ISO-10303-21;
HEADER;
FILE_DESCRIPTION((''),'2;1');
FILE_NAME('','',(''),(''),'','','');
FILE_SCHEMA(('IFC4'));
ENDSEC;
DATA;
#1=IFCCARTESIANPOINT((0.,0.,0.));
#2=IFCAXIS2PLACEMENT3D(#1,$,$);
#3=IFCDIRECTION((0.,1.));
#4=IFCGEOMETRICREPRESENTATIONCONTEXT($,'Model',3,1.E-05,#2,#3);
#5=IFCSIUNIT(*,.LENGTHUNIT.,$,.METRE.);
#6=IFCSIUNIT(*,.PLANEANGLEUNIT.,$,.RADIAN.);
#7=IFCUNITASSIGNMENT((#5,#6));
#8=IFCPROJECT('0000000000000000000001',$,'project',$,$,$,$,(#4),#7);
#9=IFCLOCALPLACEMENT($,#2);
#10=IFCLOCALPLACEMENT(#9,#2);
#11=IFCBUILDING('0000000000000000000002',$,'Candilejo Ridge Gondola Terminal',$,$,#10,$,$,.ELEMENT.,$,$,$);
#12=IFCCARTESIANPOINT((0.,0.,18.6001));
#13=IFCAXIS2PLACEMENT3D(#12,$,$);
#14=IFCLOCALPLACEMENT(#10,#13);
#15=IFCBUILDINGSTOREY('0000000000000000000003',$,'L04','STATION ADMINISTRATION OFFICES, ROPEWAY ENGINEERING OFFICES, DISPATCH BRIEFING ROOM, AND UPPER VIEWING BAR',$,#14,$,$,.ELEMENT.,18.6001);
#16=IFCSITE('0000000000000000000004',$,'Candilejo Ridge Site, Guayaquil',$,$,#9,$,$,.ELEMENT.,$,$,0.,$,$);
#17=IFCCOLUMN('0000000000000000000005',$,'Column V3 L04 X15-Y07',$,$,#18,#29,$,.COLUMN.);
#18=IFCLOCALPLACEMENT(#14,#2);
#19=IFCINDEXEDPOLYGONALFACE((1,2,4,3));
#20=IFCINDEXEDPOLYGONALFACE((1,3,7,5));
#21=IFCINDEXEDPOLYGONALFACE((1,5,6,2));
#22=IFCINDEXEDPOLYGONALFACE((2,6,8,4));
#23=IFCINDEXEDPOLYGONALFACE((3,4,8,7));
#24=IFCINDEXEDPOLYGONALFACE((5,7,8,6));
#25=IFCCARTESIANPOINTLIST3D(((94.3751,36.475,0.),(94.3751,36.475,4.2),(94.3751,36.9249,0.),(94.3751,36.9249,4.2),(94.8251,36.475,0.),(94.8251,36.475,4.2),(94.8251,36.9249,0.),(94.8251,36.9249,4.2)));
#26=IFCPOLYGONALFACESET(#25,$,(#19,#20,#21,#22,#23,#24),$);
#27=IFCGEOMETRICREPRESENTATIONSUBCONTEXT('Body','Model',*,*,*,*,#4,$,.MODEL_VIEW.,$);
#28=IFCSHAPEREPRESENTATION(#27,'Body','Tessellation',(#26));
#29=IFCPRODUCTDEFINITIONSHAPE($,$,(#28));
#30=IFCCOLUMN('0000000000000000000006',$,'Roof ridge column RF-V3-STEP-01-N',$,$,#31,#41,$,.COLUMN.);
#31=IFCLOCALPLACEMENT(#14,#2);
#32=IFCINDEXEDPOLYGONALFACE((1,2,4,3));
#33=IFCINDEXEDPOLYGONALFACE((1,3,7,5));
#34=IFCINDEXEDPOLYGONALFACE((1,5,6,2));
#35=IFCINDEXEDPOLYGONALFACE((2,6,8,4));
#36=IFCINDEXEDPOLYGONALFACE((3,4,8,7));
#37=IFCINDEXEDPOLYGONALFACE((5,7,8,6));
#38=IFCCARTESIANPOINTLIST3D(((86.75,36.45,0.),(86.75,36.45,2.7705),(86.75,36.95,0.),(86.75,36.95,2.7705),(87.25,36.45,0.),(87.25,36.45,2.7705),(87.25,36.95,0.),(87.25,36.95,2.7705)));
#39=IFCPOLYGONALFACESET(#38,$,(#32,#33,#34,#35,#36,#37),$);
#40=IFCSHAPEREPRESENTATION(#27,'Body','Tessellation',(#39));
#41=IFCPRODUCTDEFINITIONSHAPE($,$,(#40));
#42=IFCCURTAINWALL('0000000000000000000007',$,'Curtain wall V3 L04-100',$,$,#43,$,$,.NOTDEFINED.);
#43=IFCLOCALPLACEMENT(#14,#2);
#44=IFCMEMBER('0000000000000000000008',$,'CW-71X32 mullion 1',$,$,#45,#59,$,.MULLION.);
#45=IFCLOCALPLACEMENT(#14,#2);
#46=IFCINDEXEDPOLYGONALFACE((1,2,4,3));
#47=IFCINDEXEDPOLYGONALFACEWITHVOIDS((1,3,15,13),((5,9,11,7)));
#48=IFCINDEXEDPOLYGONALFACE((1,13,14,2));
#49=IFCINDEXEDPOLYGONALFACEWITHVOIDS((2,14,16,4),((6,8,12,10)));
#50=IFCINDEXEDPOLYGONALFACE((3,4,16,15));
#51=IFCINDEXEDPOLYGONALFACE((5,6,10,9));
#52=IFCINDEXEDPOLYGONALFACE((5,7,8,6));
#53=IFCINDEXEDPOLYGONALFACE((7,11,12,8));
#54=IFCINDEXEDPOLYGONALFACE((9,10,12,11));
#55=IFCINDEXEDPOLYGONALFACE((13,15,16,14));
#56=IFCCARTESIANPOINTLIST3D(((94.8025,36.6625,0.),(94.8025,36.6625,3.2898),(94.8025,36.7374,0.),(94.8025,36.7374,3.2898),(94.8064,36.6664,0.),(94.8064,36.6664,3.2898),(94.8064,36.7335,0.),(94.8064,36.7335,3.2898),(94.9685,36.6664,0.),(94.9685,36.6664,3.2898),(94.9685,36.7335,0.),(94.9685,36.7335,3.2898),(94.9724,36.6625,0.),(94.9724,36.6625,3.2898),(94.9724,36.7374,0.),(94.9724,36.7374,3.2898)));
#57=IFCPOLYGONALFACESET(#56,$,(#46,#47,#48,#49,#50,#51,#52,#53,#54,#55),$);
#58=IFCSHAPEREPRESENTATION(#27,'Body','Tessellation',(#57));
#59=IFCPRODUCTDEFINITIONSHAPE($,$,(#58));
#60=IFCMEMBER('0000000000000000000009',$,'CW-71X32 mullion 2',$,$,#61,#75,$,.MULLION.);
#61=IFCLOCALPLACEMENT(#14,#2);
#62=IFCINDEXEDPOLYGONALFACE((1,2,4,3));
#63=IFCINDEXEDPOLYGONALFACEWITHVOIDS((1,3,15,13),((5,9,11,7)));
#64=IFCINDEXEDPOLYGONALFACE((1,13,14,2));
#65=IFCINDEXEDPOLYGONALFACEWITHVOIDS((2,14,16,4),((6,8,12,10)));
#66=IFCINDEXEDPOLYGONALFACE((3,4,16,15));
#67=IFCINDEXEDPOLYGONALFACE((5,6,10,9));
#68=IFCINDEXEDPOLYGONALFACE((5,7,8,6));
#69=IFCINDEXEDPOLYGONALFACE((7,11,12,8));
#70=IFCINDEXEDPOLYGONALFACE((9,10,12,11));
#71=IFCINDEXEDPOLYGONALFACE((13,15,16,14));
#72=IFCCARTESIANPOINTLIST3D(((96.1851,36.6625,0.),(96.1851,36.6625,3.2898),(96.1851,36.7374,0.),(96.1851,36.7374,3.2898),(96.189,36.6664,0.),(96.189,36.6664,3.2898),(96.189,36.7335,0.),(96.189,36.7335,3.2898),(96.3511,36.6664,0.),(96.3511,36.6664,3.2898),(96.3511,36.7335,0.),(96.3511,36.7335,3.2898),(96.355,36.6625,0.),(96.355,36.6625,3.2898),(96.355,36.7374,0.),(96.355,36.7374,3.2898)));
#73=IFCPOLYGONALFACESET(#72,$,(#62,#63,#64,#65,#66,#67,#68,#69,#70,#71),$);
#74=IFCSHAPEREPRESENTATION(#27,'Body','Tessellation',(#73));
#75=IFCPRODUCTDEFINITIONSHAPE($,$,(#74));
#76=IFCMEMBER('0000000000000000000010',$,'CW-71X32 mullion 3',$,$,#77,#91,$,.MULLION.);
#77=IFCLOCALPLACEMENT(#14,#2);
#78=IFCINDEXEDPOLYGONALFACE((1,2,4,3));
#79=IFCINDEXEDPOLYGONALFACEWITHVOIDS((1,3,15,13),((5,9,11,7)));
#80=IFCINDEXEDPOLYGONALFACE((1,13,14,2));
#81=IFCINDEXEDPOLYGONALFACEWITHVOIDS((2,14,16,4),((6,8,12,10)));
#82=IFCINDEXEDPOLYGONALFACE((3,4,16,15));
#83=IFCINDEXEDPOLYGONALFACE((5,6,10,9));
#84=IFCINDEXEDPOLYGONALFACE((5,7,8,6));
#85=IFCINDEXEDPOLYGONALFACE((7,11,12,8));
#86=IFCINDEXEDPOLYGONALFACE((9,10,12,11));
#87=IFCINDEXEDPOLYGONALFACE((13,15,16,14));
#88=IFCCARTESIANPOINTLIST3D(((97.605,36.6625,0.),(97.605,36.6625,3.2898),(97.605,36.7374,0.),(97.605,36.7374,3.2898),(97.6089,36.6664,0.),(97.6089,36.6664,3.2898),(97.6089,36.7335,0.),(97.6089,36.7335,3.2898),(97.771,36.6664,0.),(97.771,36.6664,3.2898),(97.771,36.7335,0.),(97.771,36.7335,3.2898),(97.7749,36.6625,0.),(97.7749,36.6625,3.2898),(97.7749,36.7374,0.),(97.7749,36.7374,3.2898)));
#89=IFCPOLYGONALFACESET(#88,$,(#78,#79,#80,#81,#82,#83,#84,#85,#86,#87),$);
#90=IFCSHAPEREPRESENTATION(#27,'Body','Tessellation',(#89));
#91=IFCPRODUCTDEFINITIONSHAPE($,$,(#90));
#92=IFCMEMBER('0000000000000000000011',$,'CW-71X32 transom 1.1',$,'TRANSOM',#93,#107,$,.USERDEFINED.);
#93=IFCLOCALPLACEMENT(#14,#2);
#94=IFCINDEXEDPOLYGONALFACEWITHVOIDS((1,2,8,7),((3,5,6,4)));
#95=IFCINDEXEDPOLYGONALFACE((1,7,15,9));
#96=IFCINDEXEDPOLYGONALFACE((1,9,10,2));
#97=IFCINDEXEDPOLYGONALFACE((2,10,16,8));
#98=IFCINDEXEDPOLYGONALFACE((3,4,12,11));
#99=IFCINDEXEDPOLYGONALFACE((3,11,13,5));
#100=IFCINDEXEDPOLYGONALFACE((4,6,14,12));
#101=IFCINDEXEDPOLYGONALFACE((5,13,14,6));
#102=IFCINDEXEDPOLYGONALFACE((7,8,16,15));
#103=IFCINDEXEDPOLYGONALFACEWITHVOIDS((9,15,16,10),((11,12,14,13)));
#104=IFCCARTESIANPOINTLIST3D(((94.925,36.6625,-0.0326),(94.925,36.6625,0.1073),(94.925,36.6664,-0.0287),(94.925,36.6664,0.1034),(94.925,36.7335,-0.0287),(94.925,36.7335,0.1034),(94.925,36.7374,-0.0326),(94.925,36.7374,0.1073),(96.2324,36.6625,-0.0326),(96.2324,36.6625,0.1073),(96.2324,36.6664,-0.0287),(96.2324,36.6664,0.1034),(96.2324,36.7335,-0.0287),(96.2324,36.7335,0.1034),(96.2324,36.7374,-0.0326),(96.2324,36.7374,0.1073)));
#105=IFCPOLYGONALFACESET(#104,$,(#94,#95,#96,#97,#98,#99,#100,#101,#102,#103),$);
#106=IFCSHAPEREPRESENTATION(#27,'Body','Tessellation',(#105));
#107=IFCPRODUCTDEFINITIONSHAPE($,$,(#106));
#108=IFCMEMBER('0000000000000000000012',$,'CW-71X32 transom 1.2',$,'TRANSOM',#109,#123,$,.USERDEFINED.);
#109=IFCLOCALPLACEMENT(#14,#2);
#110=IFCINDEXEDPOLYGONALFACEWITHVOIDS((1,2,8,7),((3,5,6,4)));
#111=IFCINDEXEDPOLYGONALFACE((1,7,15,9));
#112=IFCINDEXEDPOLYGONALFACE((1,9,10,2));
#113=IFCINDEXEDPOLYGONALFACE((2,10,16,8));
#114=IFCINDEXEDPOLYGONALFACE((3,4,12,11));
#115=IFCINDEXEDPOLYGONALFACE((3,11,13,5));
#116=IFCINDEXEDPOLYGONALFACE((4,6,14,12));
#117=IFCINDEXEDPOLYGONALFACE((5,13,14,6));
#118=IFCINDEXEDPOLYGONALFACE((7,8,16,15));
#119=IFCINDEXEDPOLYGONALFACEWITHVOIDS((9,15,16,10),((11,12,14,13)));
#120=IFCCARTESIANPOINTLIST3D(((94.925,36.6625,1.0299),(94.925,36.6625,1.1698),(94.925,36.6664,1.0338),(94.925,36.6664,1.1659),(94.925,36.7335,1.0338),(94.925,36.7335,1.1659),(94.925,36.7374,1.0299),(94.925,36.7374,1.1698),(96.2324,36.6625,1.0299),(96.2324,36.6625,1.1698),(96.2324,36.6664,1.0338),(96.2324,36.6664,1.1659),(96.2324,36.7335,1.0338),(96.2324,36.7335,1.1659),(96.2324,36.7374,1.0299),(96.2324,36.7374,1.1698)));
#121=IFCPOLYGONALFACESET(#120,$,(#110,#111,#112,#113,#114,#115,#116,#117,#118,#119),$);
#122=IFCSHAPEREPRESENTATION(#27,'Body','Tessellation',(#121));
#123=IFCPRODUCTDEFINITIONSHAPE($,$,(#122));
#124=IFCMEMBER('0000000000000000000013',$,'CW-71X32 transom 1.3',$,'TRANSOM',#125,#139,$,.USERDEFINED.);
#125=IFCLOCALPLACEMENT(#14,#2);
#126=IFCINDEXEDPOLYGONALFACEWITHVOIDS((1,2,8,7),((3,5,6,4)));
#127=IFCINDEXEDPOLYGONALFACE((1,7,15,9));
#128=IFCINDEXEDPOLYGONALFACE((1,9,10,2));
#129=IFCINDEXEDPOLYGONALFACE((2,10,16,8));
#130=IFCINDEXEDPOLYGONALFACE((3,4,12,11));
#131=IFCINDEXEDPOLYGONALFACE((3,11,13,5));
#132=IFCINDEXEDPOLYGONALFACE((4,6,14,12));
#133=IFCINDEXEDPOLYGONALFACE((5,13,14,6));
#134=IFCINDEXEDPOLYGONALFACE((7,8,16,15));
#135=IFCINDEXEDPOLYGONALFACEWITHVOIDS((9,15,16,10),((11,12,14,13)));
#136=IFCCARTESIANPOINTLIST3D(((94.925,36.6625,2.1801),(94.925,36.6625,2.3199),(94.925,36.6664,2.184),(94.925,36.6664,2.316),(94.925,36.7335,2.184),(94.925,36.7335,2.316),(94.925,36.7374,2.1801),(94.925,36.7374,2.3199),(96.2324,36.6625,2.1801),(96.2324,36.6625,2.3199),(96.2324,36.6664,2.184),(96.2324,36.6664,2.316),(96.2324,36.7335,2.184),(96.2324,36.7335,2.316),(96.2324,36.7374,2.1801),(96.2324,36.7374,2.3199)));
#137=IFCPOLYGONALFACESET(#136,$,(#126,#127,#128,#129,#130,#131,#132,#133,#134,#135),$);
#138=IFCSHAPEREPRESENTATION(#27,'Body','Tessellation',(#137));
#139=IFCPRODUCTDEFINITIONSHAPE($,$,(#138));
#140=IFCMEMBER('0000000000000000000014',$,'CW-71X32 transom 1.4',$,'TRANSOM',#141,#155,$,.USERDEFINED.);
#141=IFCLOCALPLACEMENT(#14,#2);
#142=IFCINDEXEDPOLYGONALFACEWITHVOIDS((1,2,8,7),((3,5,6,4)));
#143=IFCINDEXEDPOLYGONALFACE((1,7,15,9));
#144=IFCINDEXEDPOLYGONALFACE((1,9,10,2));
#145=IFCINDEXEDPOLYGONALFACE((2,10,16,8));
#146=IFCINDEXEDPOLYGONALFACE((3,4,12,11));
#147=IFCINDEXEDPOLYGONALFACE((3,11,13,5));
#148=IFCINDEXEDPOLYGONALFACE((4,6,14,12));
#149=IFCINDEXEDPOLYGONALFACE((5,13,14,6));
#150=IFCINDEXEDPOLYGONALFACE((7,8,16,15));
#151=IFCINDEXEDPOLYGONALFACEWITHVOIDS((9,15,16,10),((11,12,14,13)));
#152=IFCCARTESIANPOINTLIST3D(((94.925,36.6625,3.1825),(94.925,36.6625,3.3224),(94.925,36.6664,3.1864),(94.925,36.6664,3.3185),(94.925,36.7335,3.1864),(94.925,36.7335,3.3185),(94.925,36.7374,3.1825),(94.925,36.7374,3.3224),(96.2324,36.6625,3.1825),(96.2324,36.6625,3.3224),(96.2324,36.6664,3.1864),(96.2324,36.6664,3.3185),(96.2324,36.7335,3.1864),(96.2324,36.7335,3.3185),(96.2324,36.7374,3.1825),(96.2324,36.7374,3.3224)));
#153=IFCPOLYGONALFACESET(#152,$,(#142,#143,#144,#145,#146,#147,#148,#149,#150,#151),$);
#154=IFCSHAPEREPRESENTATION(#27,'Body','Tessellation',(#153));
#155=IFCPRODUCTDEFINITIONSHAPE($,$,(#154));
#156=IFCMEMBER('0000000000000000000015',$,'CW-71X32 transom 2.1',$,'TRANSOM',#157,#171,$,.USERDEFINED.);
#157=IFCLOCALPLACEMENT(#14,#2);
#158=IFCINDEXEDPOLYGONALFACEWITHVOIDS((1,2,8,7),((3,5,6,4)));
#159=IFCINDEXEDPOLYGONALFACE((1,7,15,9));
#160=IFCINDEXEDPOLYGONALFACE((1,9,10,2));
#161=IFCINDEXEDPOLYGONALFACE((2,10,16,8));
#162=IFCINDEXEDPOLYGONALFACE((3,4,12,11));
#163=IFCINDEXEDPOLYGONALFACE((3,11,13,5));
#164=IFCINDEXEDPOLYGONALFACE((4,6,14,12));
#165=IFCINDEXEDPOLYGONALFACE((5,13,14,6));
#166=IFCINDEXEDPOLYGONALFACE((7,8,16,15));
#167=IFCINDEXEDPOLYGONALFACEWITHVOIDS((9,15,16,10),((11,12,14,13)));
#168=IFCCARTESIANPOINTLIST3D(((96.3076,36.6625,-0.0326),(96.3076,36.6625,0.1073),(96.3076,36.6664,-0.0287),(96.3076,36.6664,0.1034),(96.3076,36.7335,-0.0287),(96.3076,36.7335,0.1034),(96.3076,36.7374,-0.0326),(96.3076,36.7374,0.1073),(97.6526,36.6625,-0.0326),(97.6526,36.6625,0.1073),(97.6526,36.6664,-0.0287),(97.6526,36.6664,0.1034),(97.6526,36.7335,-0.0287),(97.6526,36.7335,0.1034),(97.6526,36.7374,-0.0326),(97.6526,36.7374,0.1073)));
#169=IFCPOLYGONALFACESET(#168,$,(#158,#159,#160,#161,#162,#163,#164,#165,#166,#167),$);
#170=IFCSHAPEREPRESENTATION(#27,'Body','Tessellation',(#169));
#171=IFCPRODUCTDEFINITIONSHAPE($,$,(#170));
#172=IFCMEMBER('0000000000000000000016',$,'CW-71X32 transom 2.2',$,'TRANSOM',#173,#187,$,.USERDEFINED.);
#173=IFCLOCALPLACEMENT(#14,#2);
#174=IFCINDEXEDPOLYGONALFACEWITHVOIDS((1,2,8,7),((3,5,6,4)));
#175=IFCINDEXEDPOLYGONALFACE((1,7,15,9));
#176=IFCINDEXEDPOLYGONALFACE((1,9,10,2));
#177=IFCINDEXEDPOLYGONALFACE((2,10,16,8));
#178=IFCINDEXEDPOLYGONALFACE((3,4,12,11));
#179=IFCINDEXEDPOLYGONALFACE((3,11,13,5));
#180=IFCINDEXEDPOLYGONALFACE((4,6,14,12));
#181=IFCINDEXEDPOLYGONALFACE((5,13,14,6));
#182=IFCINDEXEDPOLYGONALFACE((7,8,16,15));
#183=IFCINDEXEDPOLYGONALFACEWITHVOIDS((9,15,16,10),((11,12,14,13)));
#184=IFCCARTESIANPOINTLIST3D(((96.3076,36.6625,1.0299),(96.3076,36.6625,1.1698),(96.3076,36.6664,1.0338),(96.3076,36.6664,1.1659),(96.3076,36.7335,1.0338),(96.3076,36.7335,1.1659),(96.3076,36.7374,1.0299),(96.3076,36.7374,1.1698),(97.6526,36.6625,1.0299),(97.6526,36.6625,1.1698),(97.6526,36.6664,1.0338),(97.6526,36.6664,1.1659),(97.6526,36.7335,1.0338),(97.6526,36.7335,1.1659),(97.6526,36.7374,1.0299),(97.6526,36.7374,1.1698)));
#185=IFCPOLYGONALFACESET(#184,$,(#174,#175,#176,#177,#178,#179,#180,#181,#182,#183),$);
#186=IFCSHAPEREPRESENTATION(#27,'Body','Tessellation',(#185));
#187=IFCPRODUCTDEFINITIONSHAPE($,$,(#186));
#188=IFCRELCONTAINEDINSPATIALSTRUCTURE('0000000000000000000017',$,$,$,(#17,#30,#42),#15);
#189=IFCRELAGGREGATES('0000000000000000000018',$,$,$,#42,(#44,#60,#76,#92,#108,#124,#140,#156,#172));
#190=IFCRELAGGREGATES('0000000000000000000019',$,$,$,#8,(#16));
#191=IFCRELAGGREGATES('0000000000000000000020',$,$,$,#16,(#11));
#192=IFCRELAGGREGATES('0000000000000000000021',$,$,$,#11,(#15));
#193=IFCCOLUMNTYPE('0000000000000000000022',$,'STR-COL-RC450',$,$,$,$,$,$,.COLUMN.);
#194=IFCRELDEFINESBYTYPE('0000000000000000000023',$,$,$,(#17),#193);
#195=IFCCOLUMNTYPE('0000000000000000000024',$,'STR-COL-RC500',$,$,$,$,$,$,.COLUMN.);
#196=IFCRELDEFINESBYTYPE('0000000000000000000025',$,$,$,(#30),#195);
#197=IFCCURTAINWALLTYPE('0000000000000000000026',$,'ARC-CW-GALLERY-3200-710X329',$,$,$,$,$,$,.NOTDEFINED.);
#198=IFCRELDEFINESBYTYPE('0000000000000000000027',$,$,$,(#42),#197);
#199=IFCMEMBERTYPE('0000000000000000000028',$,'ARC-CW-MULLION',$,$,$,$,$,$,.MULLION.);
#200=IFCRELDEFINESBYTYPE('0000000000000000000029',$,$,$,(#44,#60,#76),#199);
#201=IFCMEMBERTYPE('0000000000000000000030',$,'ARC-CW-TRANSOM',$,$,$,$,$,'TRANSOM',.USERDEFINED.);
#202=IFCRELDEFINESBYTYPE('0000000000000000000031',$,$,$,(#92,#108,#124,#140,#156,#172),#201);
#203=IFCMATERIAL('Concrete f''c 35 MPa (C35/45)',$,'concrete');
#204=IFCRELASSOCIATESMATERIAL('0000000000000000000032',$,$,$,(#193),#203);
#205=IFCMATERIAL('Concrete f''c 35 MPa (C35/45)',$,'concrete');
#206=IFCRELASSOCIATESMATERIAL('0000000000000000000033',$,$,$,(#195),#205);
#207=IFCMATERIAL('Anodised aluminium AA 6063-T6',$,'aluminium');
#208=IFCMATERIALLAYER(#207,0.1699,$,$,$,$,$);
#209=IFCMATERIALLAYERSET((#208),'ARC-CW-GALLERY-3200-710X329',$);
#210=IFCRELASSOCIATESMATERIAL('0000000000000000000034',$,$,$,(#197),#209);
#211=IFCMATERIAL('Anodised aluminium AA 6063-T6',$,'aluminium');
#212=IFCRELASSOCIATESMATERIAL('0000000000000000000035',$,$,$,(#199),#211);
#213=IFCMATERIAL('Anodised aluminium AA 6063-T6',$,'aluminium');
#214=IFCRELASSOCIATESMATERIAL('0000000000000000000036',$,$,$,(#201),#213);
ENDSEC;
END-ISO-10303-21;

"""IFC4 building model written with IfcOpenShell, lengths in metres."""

from ifc_helpers import new_model, si_unit, direction, frame, origin, origin_2d, place, context, subcontext, project, spatial, rectangle, hollow_rectangle, extrude, material, layer, layer_set, material_profile, profile_set, type_object, element, aggregate, save


model = new_model("IFC4")

# Units and contexts
model_context = context("Model", 3, precision=1e-05, world=origin(), true_north=direction((0.0, 1.0)))
body_context = subcontext(model_context, "Body", "Model", "MODEL_VIEW")
ifc_project = project(units=[si_unit("LENGTHUNIT", "METRE"), si_unit("PLANEANGLEUNIT", "RADIAN")], contexts=[model_context])

# Site, building, storey
site_placement = place(None, origin())
site = spatial("IfcSite", under=ifc_project, at=site_placement, Name="Candilejo Ridge Site, Guayaquil", CompositionType="ELEMENT", RefElevation=0.0)
building_placement = place(site_placement, origin())
building = spatial("IfcBuilding", under=site, at=building_placement, Name="Candilejo Ridge Gondola Terminal", CompositionType="ELEMENT")
storey_placement = place(building_placement, frame((0.0, 0.0, 18.6001)))
storey = spatial("IfcBuildingStorey", under=building, at=storey_placement, Name="L04", Description="STATION ADMINISTRATION OFFICES, ROPEWAY ENGINEERING OFFICES, DISPATCH BRIEFING ROOM, AND UPPER VIEWING BAR", CompositionType="ELEMENT", Elevation=18.6001)

# Columns
ifc_material_1 = material(Name="Concrete f'c 35 MPa (C35/45)", Category="concrete")
ifc_material_profile_1 = material_profile(ifc_material_1, rectangle(XDim=0.45, YDim=0.45, at=origin_2d()))
ifc_profile_set_1 = profile_set([ifc_material_profile_1], Name="Concrete f'c 35 MPa (C35/45)")
column_type_1 = type_object("IfcColumnType", Name="STR-COL-RC450", PredefinedType="COLUMN", material=ifc_profile_set_1)
column_1_placement = place(storey_placement, frame((94.6001, 36.7, 0.0), z_axis=(0.0, 0.0, 1.0), x_axis=(1.0, 0.0, 0.0)))
element("IfcColumn", 1, at=column_1_placement, inside=storey, type_object=column_type_1, Name="Column V3 L04 X15-Y07", PredefinedType="COLUMN", context=body_context, shape_type="SweptSolid", body=[
    extrude(rectangle(XDim=0.45, YDim=0.45, at=origin_2d()), origin(), (0.0, 0.0, 1.0), 4.2),
])
ifc_material_2 = material(Name="Concrete f'c 35 MPa (C35/45)", Category="concrete")
ifc_material_profile_2 = material_profile(ifc_material_2, rectangle(XDim=0.5, YDim=0.5, at=origin_2d()))
ifc_profile_set_2 = profile_set([ifc_material_profile_2], Name="Concrete f'c 35 MPa (C35/45)")
column_type_2 = type_object("IfcColumnType", Name="STR-COL-RC500", PredefinedType="COLUMN", material=ifc_profile_set_2)
column_2_placement = place(storey_placement, frame((87.0, 36.7, 0.0), z_axis=(0.0, 0.0, 1.0), x_axis=(1.0, 0.0, 0.0)))
element("IfcColumn", 2, at=column_2_placement, inside=storey, type_object=column_type_2, Name="Roof ridge column RF-V3-STEP-01-N", PredefinedType="COLUMN", context=body_context, shape_type="SweptSolid", body=[
    extrude(rectangle(XDim=0.5, YDim=0.5, at=origin_2d()), origin(), (0.0, 0.0, 1.0), 2.7705),
])

# Curtain wall, members
ifc_material_3 = material(Name="Anodised aluminium AA 6063-T6", Category="aluminium")
ifc_layer_1 = layer(ifc_material_3, 0.1699)
ifc_layer_set_1 = layer_set([ifc_layer_1], Name="ARC-CW-GALLERY-3200-710X329")
curtain_wall_type = type_object("IfcCurtainWallType", Name="ARC-CW-GALLERY-3200-710X329", PredefinedType="NOTDEFINED", material=ifc_layer_set_1)
curtain_wall_placement = place(storey_placement, origin())
curtain_wall = element("IfcCurtainWall", 3, at=curtain_wall_placement, inside=storey, type_object=curtain_wall_type, Name="Curtain wall V3 L04-100", PredefinedType="NOTDEFINED")
ifc_material_4 = material(Name="Anodised aluminium AA 6063-T6", Category="aluminium")
ifc_material_profile_3 = material_profile(ifc_material_4, hollow_rectangle(XDim=0.075, YDim=0.1699, WallThickness=0.0039, at=origin_2d()))
ifc_profile_set_3 = profile_set([ifc_material_profile_3], Name="Anodised aluminium AA 6063-T6")
member_type_1 = type_object("IfcMemberType", Name="ARC-CW-MULLION", PredefinedType="MULLION", material=ifc_profile_set_3)
member_1_placement = place(storey_placement, frame((94.8875, 36.7, 0.0), z_axis=(0.0, 0.0, 1.0), x_axis=(0.0, 1.0, 0.0)))
member_1 = element("IfcMember", 4, at=member_1_placement, type_object=member_type_1, Name="CW-71X32 mullion 1", PredefinedType="MULLION", context=body_context, shape_type="SweptSolid", body=[
    extrude(hollow_rectangle(XDim=0.075, YDim=0.1699, WallThickness=0.0039, at=origin_2d()), origin(), (0.0, 0.0, 1.0), 3.2898),
])
member_2_placement = place(storey_placement, frame((96.27, 36.7, 0.0), z_axis=(0.0, 0.0, 1.0), x_axis=(0.0, 1.0, 0.0)))
member_2 = element("IfcMember", 5, at=member_2_placement, type_object=member_type_1, Name="CW-71X32 mullion 2", PredefinedType="MULLION", context=body_context, shape_type="SweptSolid", body=[
    extrude(hollow_rectangle(XDim=0.075, YDim=0.1699, WallThickness=0.0039, at=origin_2d()), origin(), (0.0, 0.0, 1.0), 3.2898),
])
member_3_placement = place(storey_placement, frame((97.6899, 36.7, 0.0), z_axis=(0.0, 0.0, 1.0), x_axis=(0.0, 1.0, 0.0)))
member_3 = element("IfcMember", 6, at=member_3_placement, type_object=member_type_1, Name="CW-71X32 mullion 3", PredefinedType="MULLION", context=body_context, shape_type="SweptSolid", body=[
    extrude(hollow_rectangle(XDim=0.075, YDim=0.1699, WallThickness=0.0039, at=origin_2d()), origin(), (0.0, 0.0, 1.0), 3.2898),
])
ifc_material_5 = material(Name="Anodised aluminium AA 6063-T6", Category="aluminium")
ifc_material_profile_4 = material_profile(ifc_material_5, hollow_rectangle(XDim=0.075, YDim=0.1399, WallThickness=0.0039, at=origin_2d()))
ifc_profile_set_4 = profile_set([ifc_material_profile_4], Name="Anodised aluminium AA 6063-T6")
member_type_2 = type_object("IfcMemberType", Name="ARC-CW-TRANSOM", ElementType="TRANSOM", PredefinedType="USERDEFINED", material=ifc_profile_set_4)
member_4_placement = place(storey_placement, frame((94.925, 36.7, 0.0374), z_axis=(1.0, 0.0, 0.0), x_axis=(0.0, 1.0, 0.0)))
member_4 = element("IfcMember", 7, at=member_4_placement, type_object=member_type_2, Name="CW-71X32 transom 1.1", ObjectType="TRANSOM", PredefinedType="USERDEFINED", context=body_context, shape_type="SweptSolid", body=[
    extrude(hollow_rectangle(XDim=0.075, YDim=0.1399, WallThickness=0.0039, at=origin_2d()), origin(), (0.0, 0.0, 1.0), 1.3074),
])
member_5_placement = place(storey_placement, frame((94.925, 36.7, 1.0999), z_axis=(1.0, 0.0, 0.0), x_axis=(0.0, 1.0, 0.0)))
member_5 = element("IfcMember", 8, at=member_5_placement, type_object=member_type_2, Name="CW-71X32 transom 1.2", ObjectType="TRANSOM", PredefinedType="USERDEFINED", context=body_context, shape_type="SweptSolid", body=[
    extrude(hollow_rectangle(XDim=0.075, YDim=0.1399, WallThickness=0.0039, at=origin_2d()), origin(), (0.0, 0.0, 1.0), 1.3074),
])
member_6_placement = place(storey_placement, frame((94.925, 36.7, 2.25), z_axis=(1.0, 0.0, 0.0), x_axis=(0.0, 1.0, 0.0)))
member_6 = element("IfcMember", 9, at=member_6_placement, type_object=member_type_2, Name="CW-71X32 transom 1.3", ObjectType="TRANSOM", PredefinedType="USERDEFINED", context=body_context, shape_type="SweptSolid", body=[
    extrude(hollow_rectangle(XDim=0.075, YDim=0.1399, WallThickness=0.0039, at=origin_2d()), origin(), (0.0, 0.0, 1.0), 1.3074),
])
member_7_placement = place(storey_placement, frame((94.925, 36.7, 3.2524), z_axis=(1.0, 0.0, 0.0), x_axis=(0.0, 1.0, 0.0)))
member_7 = element("IfcMember", 10, at=member_7_placement, type_object=member_type_2, Name="CW-71X32 transom 1.4", ObjectType="TRANSOM", PredefinedType="USERDEFINED", context=body_context, shape_type="SweptSolid", body=[
    extrude(hollow_rectangle(XDim=0.075, YDim=0.1399, WallThickness=0.0039, at=origin_2d()), origin(), (0.0, 0.0, 1.0), 1.3074),
])
member_8_placement = place(storey_placement, frame((96.3076, 36.7, 0.0374), z_axis=(1.0, 0.0, 0.0), x_axis=(0.0, 1.0, 0.0)))
member_8 = element("IfcMember", 11, at=member_8_placement, type_object=member_type_2, Name="CW-71X32 transom 2.1", ObjectType="TRANSOM", PredefinedType="USERDEFINED", context=body_context, shape_type="SweptSolid", body=[
    extrude(hollow_rectangle(XDim=0.075, YDim=0.1399, WallThickness=0.0039, at=origin_2d()), origin(), (0.0, 0.0, 1.0), 1.345),
])
member_9_placement = place(storey_placement, frame((96.3076, 36.7, 1.0999), z_axis=(1.0, 0.0, 0.0), x_axis=(0.0, 1.0, 0.0)))
member_9 = element("IfcMember", 12, at=member_9_placement, type_object=member_type_2, Name="CW-71X32 transom 2.2", ObjectType="TRANSOM", PredefinedType="USERDEFINED", context=body_context, shape_type="SweptSolid", body=[
    extrude(hollow_rectangle(XDim=0.075, YDim=0.1399, WallThickness=0.0039, at=origin_2d()), origin(), (0.0, 0.0, 1.0), 1.345),
])

aggregate(curtain_wall, [member_1, member_2, member_3, member_4, member_5, member_6, member_7, member_8, member_9])

save(model, "model.ifc")
